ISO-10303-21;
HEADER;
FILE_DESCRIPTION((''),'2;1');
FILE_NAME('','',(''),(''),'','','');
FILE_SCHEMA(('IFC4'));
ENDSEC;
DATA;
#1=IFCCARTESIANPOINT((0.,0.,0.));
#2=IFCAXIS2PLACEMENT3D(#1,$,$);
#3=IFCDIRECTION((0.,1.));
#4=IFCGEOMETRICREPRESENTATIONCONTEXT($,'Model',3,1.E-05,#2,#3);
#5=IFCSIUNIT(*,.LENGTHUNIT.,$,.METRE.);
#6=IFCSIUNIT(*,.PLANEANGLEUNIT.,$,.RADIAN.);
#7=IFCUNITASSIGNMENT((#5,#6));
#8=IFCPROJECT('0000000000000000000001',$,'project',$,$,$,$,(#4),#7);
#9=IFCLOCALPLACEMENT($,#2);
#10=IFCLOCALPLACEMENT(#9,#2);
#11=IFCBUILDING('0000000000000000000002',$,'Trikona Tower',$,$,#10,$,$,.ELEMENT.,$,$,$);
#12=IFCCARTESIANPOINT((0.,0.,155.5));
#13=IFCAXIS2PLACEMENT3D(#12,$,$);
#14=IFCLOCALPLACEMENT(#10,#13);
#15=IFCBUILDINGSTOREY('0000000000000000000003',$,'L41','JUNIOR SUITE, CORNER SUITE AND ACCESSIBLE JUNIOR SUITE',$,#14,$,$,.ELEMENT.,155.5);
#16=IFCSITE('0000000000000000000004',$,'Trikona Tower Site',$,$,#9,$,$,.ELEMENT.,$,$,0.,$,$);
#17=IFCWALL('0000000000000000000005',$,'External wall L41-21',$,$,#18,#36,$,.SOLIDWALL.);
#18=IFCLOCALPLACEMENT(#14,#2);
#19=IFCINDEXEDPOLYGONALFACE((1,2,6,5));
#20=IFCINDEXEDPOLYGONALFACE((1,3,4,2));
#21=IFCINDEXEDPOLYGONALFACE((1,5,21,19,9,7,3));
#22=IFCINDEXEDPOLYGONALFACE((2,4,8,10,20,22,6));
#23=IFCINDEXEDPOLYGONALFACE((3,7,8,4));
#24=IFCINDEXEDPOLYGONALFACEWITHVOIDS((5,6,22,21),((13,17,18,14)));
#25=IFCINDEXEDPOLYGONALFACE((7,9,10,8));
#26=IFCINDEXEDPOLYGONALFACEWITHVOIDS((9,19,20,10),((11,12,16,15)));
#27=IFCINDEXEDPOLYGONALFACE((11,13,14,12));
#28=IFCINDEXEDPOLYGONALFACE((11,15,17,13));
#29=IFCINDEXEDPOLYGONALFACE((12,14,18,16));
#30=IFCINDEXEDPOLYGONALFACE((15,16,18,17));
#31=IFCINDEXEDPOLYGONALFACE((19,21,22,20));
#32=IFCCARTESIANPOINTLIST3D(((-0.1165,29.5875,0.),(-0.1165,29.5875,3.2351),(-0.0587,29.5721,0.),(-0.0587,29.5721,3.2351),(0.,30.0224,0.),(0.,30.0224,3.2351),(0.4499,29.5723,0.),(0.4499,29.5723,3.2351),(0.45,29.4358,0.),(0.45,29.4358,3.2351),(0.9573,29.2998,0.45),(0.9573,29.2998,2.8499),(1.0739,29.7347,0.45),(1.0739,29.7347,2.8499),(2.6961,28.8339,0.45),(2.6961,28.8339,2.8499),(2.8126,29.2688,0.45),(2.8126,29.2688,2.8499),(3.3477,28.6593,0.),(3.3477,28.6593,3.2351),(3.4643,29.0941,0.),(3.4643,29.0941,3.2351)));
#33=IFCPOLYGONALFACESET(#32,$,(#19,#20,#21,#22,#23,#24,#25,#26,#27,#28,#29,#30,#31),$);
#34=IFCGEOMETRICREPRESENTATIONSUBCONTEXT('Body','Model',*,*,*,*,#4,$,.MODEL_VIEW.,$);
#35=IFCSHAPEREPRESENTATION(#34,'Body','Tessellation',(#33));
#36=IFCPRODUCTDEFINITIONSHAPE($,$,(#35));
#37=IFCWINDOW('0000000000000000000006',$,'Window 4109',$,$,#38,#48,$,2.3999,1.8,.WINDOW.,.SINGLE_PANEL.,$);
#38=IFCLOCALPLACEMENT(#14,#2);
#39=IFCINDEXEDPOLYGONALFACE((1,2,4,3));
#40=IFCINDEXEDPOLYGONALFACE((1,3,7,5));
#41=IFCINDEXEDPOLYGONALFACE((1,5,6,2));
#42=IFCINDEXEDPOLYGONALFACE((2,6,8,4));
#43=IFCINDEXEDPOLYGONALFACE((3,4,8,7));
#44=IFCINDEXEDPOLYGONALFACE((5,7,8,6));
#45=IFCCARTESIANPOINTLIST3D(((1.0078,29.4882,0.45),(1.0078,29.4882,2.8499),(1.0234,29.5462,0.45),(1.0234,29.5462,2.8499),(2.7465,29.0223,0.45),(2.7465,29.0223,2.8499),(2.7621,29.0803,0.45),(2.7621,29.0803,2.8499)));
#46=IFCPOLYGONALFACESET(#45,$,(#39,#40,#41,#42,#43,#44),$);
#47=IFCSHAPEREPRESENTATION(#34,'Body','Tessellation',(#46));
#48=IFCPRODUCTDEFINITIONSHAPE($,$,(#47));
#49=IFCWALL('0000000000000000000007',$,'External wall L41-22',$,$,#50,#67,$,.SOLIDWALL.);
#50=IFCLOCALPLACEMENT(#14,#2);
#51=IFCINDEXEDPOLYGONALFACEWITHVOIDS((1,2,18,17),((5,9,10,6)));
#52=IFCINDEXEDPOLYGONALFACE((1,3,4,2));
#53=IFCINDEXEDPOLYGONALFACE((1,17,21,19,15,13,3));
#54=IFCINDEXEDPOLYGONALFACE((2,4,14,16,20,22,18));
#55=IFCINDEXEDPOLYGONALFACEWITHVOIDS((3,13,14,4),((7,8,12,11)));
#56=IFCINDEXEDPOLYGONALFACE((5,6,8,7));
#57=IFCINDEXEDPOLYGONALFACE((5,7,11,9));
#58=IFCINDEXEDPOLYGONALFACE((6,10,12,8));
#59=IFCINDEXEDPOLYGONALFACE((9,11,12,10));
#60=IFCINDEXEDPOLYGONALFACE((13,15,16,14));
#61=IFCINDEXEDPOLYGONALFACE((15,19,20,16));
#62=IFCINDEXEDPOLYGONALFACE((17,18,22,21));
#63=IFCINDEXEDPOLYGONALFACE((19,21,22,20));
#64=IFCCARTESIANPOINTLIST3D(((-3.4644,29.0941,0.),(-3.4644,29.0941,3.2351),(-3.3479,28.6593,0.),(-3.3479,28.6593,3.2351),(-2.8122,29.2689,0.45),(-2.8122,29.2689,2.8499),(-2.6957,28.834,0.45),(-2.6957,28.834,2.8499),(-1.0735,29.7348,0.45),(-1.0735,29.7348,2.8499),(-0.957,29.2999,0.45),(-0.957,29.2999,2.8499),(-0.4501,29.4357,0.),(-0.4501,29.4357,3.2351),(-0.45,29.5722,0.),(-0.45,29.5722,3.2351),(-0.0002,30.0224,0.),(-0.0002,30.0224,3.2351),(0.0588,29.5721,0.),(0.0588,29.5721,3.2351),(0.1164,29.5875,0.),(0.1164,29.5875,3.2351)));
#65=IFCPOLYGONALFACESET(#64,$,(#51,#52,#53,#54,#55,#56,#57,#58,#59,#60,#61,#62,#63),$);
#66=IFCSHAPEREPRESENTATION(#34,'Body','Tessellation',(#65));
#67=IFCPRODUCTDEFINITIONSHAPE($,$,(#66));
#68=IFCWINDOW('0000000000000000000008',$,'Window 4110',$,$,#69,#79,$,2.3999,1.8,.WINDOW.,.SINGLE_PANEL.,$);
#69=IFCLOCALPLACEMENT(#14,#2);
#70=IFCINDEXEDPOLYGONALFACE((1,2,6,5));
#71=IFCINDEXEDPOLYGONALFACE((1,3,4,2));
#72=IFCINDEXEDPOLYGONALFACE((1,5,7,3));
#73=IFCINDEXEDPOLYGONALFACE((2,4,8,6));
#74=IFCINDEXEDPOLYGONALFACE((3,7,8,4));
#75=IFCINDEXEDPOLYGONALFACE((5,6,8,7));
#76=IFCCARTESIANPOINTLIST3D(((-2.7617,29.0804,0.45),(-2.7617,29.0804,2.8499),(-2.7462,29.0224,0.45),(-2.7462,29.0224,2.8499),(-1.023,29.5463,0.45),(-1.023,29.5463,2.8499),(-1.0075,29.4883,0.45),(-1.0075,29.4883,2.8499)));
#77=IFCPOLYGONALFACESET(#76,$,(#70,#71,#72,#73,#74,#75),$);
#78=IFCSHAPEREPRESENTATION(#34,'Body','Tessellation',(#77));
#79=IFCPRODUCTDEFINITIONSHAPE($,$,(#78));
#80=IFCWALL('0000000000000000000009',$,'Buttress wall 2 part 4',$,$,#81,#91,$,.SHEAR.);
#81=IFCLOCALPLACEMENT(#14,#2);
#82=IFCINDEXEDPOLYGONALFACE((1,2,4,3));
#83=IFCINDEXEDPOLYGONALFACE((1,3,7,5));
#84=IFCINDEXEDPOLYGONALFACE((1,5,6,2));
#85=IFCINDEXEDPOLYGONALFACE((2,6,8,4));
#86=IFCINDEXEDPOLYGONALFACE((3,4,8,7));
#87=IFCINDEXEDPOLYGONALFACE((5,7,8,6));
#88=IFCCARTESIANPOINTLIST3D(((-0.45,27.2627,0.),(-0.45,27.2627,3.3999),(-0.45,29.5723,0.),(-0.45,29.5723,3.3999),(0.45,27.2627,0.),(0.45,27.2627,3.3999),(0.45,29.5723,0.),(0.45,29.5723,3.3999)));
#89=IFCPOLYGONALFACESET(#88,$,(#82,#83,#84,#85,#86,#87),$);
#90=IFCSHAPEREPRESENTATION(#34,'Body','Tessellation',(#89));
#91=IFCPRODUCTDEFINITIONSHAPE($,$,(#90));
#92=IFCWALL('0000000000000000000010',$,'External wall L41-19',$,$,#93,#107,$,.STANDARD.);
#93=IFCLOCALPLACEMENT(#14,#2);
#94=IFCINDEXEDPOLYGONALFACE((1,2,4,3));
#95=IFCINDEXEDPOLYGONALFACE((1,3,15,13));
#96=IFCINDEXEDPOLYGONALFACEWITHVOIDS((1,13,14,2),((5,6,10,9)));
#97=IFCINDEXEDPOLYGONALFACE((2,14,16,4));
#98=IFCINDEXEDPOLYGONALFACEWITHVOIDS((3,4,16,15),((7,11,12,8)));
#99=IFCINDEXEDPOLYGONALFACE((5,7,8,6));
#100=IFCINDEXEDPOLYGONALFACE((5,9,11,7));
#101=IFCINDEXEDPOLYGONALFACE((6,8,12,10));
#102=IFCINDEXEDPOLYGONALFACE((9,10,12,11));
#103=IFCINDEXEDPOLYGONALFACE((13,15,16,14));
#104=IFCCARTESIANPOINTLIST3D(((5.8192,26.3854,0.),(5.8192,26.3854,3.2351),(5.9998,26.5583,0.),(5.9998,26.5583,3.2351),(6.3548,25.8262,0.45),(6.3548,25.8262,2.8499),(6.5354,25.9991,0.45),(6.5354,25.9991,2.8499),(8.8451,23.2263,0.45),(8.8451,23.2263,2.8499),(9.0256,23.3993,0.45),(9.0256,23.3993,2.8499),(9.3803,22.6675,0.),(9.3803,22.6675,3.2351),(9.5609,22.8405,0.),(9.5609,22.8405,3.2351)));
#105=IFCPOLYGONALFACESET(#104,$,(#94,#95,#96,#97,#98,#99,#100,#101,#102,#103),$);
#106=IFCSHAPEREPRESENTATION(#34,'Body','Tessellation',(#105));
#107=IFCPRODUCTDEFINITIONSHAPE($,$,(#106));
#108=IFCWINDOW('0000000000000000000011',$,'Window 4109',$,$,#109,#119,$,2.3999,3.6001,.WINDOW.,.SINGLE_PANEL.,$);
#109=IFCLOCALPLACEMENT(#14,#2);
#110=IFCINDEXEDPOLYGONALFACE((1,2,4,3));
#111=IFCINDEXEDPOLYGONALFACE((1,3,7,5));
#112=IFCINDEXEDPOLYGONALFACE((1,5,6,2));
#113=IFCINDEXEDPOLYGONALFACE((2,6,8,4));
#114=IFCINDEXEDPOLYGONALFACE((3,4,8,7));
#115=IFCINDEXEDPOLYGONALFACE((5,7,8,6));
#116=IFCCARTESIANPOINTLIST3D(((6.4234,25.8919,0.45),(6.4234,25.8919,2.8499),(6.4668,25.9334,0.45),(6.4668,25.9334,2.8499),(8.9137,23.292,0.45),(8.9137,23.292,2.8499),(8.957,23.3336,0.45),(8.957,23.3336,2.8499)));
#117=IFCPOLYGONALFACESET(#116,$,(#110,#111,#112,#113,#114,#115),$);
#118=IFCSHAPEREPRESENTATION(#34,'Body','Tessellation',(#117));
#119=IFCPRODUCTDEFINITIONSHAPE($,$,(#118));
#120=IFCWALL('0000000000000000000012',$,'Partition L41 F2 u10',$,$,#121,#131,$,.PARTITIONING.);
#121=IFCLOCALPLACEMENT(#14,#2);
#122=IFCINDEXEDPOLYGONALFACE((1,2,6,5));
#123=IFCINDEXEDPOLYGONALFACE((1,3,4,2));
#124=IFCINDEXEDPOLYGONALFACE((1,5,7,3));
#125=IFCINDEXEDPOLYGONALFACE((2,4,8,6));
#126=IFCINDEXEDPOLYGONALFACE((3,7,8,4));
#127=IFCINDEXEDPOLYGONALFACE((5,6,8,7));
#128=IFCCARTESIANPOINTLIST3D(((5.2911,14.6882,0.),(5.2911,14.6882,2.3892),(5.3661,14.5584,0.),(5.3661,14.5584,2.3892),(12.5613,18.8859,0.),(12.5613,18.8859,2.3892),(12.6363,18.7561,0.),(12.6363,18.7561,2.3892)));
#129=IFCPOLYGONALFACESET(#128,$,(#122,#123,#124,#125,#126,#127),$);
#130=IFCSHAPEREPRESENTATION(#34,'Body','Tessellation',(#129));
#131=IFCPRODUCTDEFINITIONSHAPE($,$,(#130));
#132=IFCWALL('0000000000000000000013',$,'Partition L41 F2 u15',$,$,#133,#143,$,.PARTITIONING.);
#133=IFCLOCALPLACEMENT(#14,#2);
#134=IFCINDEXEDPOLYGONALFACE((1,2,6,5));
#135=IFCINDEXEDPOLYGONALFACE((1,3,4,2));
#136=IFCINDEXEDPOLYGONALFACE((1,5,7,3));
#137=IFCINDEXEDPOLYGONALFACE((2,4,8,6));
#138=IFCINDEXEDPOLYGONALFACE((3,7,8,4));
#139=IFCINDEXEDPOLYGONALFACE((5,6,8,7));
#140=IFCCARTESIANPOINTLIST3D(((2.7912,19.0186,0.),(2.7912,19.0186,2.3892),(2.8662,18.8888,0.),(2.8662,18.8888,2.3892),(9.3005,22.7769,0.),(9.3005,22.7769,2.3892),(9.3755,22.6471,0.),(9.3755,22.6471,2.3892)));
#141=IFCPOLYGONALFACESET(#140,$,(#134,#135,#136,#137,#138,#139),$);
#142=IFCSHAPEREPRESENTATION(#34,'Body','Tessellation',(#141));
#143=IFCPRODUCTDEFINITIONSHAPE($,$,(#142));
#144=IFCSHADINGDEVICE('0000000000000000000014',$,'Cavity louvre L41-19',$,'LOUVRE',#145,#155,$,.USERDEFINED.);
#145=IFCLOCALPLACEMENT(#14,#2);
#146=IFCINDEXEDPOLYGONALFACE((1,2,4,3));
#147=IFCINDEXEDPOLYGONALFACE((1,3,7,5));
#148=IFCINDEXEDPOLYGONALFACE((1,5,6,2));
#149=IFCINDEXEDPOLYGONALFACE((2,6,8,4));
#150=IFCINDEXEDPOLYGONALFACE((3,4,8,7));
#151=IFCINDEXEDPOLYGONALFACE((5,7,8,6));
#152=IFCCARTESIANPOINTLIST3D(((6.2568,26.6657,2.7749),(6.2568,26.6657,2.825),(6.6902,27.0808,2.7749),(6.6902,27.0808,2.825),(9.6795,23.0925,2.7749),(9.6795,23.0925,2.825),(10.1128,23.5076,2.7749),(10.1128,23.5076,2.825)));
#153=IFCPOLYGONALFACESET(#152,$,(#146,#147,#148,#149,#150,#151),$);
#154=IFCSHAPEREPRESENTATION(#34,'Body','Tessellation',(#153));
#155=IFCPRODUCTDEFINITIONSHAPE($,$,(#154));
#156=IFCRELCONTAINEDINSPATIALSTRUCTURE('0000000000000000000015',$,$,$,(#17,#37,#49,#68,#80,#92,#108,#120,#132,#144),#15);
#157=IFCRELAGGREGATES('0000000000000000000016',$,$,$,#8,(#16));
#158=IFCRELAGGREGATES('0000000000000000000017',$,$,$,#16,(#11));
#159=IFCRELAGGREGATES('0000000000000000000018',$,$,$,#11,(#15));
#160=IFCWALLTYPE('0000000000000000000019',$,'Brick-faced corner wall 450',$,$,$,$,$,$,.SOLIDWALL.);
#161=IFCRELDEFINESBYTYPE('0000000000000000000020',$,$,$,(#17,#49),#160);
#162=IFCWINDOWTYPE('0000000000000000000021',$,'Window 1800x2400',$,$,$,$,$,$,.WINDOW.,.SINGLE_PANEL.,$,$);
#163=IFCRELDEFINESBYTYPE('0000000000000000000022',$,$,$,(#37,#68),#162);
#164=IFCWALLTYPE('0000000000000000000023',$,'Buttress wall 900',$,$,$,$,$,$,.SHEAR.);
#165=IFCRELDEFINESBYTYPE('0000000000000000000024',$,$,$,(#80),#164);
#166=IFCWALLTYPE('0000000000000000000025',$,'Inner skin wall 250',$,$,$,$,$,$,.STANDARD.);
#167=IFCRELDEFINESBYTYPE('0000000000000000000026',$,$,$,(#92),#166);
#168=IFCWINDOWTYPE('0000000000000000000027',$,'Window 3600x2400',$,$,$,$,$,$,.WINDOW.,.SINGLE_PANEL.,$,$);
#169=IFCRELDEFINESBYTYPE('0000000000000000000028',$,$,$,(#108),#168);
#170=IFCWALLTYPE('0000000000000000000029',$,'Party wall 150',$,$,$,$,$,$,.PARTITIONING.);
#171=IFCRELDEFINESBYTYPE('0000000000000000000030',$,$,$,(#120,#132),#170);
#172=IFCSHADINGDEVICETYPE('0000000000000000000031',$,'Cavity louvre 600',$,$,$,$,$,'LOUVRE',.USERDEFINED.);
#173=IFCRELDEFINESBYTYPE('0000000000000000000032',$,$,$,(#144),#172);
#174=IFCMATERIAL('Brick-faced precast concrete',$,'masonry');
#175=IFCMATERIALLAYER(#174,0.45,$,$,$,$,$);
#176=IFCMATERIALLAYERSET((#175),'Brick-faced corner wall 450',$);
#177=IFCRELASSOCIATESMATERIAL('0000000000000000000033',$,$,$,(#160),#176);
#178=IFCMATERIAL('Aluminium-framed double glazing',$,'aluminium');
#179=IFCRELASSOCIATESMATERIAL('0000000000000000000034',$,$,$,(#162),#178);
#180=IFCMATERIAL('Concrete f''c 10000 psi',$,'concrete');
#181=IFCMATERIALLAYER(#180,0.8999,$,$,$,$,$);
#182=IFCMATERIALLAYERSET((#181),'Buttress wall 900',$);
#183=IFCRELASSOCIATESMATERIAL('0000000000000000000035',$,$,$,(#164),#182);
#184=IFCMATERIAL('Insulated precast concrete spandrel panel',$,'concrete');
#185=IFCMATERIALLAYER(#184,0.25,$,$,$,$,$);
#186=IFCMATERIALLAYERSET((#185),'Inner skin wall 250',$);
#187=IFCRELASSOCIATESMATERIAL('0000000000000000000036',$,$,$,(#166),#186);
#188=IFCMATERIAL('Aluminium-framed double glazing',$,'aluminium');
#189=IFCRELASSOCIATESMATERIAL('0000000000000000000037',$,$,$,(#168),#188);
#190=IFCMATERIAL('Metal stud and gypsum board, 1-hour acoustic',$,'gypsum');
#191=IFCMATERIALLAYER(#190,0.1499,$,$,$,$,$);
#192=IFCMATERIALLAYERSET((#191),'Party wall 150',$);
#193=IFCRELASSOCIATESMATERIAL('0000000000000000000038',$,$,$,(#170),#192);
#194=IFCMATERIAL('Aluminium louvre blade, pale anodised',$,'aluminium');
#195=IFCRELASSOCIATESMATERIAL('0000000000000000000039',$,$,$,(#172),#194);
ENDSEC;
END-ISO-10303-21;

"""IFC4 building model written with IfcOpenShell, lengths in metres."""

from ifc_helpers import new_model, si_unit, direction, frame, frame_2d, origin, origin_2d, place, context, subcontext, project, spatial, polyline, rectangle, outline, extrude, material, layer, layer_set, type_object, element, fill, save


model = new_model("IFC4")

# Units and contexts
model_context = context("Model", 3, precision=1e-05, world=origin(), true_north=direction((0.0, 1.0)))
body_context = subcontext(model_context, "Body", "Model", "MODEL_VIEW")
ifc_project = project(units=[si_unit("LENGTHUNIT", "METRE"), si_unit("PLANEANGLEUNIT", "RADIAN")], contexts=[model_context])

# Site, building, storey
site_placement = place(None, origin())
site = spatial("IfcSite", under=ifc_project, at=site_placement, Name="Trikona Tower Site", CompositionType="ELEMENT", RefElevation=0.0)
building_placement = place(site_placement, origin())
building = spatial("IfcBuilding", under=site, at=building_placement, Name="Trikona Tower", CompositionType="ELEMENT")
storey_placement = place(building_placement, frame((0.0, 0.0, 155.5)))
storey = spatial("IfcBuildingStorey", under=building, at=storey_placement, Name="L41", Description="JUNIOR SUITE, CORNER SUITE AND ACCESSIBLE JUNIOR SUITE", CompositionType="ELEMENT", Elevation=155.5)

# Walls, openings, windows
ifc_material_1 = material(Name="Brick-faced precast concrete", Category="masonry")
ifc_layer_1 = layer(ifc_material_1, 0.45)
ifc_layer_set_1 = layer_set([ifc_layer_1], Name="Brick-faced corner wall 450")
wall_type_1 = type_object("IfcWallType", Name="Brick-faced corner wall 450", PredefinedType="SOLIDWALL", material=ifc_layer_set_1)
wall_1_placement = place(storey_placement, frame((3.406, 28.8767, 0.0), z_axis=(0.0, 0.0, 1.0), x_axis=(-0.965925, 0.258823, 0.0)))
wall_1 = element("IfcWall", 1, at=wall_1_placement, inside=storey, type_object=wall_type_1, Name="External wall L41-21", PredefinedType="SOLIDWALL", context=body_context, shape_type="SweptSolid", body=[
    extrude(outline(polyline([(3.5864, 0.2251), (3.5266, 0.2251), (3.0354, 0.0933), (3.0, 0.2251), (0.0, 0.2251), (0.0, -0.2251), (3.5864, -0.2251), (3.5864, 0.2251)])), origin(), (0.0, 0.0, 1.0), 3.2351),
])
opening_1_placement = place(wall_1_placement, frame((0.6748, 0.0, 0.45)))
opening_1 = element("IfcOpeningElement", 2, at=opening_1_placement, cuts=wall_1, PredefinedType="OPENING", context=body_context, shape_type="SweptSolid", body=[
    extrude(rectangle(XDim=1.8, YDim=2.3999, at=frame_2d((0.8999, 1.2))), frame((0.0, 0.2349, 0.0), z_axis=(0.0, -1.0, 0.0), x_axis=(1.0, 0.0, 0.0)), (0.0, 0.0, 1.0), 0.47),
])
ifc_material_2 = material(Name="Aluminium-framed double glazing", Category="aluminium")
window_type_1 = type_object("IfcWindowType", Name="Window 1800x2400", PartitioningType="SINGLE_PANEL", PredefinedType="WINDOW", material=ifc_material_2)
window_1_placement = place(opening_1_placement, origin())
window_1 = element("IfcWindow", 3, at=window_1_placement, inside=storey, type_object=window_type_1, Name="Window 4109", OverallHeight=2.3999, OverallWidth=1.8, PartitioningType="SINGLE_PANEL", PredefinedType="WINDOW", context=body_context, shape_type="SweptSolid", body=[
    extrude(rectangle(XDim=1.8, YDim=2.3999, at=frame_2d((0.8999, 1.2))), frame((0.0, 0.03, 0.0), z_axis=(0.0, -1.0, 0.0), x_axis=(1.0, 0.0, 0.0)), (0.0, 0.0, 1.0), 0.0601),
])
fill(opening_1, window_1)
wall_2_placement = place(storey_placement, frame((0.0581, 29.8049, 0.0), z_axis=(0.0, 0.0, 1.0), x_axis=(-0.965925, -0.258823, 0.0)))
wall_2 = element("IfcWall", 4, at=wall_2_placement, inside=storey, type_object=wall_type_1, Name="External wall L41-22", PredefinedType="SOLIDWALL", context=body_context, shape_type="SweptSolid", body=[
    extrude(outline(polyline([(3.5864, 0.2251), (0.5864, 0.2251), (0.551, 0.0933), (0.0596, 0.2251), (0.0, 0.2251), (0.0, -0.2251), (3.5864, -0.2251), (3.5864, 0.2251)])), origin(), (0.0, 0.0, 1.0), 3.2351),
])
opening_2_placement = place(wall_2_placement, frame((1.1113, 0.0, 0.45)))
opening_2 = element("IfcOpeningElement", 5, at=opening_2_placement, cuts=wall_2, PredefinedType="OPENING", context=body_context, shape_type="SweptSolid", body=[
    extrude(rectangle(XDim=1.8, YDim=2.3999, at=frame_2d((0.8999, 1.2))), frame((0.0, 0.2349, 0.0), z_axis=(0.0, -1.0, 0.0), x_axis=(1.0, 0.0, 0.0)), (0.0, 0.0, 1.0), 0.47),
])
window_2_placement = place(opening_2_placement, origin())
window_2 = element("IfcWindow", 6, at=window_2_placement, inside=storey, type_object=window_type_1, Name="Window 4110", OverallHeight=2.3999, OverallWidth=1.8, PartitioningType="SINGLE_PANEL", PredefinedType="WINDOW", context=body_context, shape_type="SweptSolid", body=[
    extrude(rectangle(XDim=1.8, YDim=2.3999, at=frame_2d((0.8999, 1.2))), frame((0.0, 0.03, 0.0), z_axis=(0.0, -1.0, 0.0), x_axis=(1.0, 0.0, 0.0)), (0.0, 0.0, 1.0), 0.0601),
])
fill(opening_2, window_2)

# Wall
ifc_material_3 = material(Name="Concrete f'c 10000 psi", Category="concrete")
ifc_layer_2 = layer(ifc_material_3, 0.8999)
ifc_layer_set_2 = layer_set([ifc_layer_2], Name="Buttress wall 900")
wall_type_2 = type_object("IfcWallType", Name="Buttress wall 900", PredefinedType="SHEAR", material=ifc_layer_set_2)
wall_3_placement = place(storey_placement, frame((0.0, 27.2627, 0.0), z_axis=(0.0, 0.0, 1.0), x_axis=(0.0, 1.0, 0.0)))
element("IfcWall", 7, at=wall_3_placement, inside=storey, type_object=wall_type_2, Name="Buttress wall 2 part 4", PredefinedType="SHEAR", context=body_context, shape_type="SweptSolid", body=[
    extrude(rectangle(XDim=2.3096, YDim=0.8999, at=frame_2d((1.1548, 0.0))), origin(), (0.0, 0.0, 1.0), 3.3999),
])

# Wall, opening, window
ifc_material_4 = material(Name="Insulated precast concrete spandrel panel", Category="concrete")
ifc_layer_3 = layer(ifc_material_4, 0.25)
ifc_layer_set_3 = layer_set([ifc_layer_3], Name="Inner skin wall 250")
wall_type_3 = type_object("IfcWallType", Name="Inner skin wall 250", PredefinedType="STANDARD", material=ifc_layer_set_3)
wall_4_placement = place(storey_placement, frame((9.4707, 22.7539, 0.0), z_axis=(0.0, 0.0, 1.0), x_axis=(-0.69172, 0.722166, 0.0)))
wall_4 = element("IfcWall", 8, at=wall_4_placement, inside=storey, type_object=wall_type_3, Name="External wall L41-19", PredefinedType="STANDARD", context=body_context, shape_type="SweptSolid", body=[
    extrude(rectangle(XDim=5.1482, YDim=0.25, at=frame_2d((2.5742, 0.0))), origin(), (0.0, 0.0, 1.0), 3.2351),
])
opening_3_placement = place(wall_4_placement, frame((0.7739, 0.0, 0.45)))
opening_3 = element("IfcOpeningElement", 9, at=opening_3_placement, cuts=wall_4, PredefinedType="OPENING", context=body_context, shape_type="SweptSolid", body=[
    extrude(rectangle(XDim=3.6001, YDim=2.3999, at=frame_2d((1.8, 1.2))), frame((0.0, 0.135, 0.0), z_axis=(0.0, -1.0, 0.0), x_axis=(1.0, 0.0, 0.0)), (0.0, 0.0, 1.0), 0.27),
])
ifc_material_5 = material(Name="Aluminium-framed double glazing", Category="aluminium")
window_type_2 = type_object("IfcWindowType", Name="Window 3600x2400", PartitioningType="SINGLE_PANEL", PredefinedType="WINDOW", material=ifc_material_5)
window_3_placement = place(opening_3_placement, origin())
window_3 = element("IfcWindow", 10, at=window_3_placement, inside=storey, type_object=window_type_2, Name="Window 4109", OverallHeight=2.3999, OverallWidth=3.6001, PartitioningType="SINGLE_PANEL", PredefinedType="WINDOW", context=body_context, shape_type="SweptSolid", body=[
    extrude(rectangle(XDim=3.6001, YDim=2.3999, at=frame_2d((1.8, 1.2))), frame((0.0, 0.03, 0.0), z_axis=(0.0, -1.0, 0.0), x_axis=(1.0, 0.0, 0.0)), (0.0, 0.0, 1.0), 0.0601),
])
fill(opening_3, window_3)

# Walls
ifc_material_6 = material(Name="Metal stud and gypsum board, 1-hour acoustic", Category="gypsum")
ifc_layer_4 = layer(ifc_material_6, 0.1499)
ifc_layer_set_4 = layer_set([ifc_layer_4], Name="Party wall 150")
wall_type_4 = type_object("IfcWallType", Name="Party wall 150", PredefinedType="PARTITIONING", material=ifc_layer_set_4)
wall_5_placement = place(storey_placement, frame((5.3286, 14.6233, 0.0), z_axis=(0.0, 0.0, 1.0), x_axis=(0.866012, 0.500024, 0.0)))
element("IfcWall", 11, at=wall_5_placement, inside=storey, type_object=wall_type_4, Name="Partition L41 F2 u10", PredefinedType="PARTITIONING", context=body_context, shape_type="SweptSolid", body=[
    extrude(rectangle(XDim=8.395, YDim=0.1499, at=frame_2d((4.1975, 0.0))), origin(), (0.0, 0.0, 1.0), 2.3892),
])
wall_6_placement = place(storey_placement, frame((2.8286, 18.9536, 0.0), z_axis=(0.0, 0.0, 1.0), x_axis=(0.866016, 0.500017, 0.0)))
element("IfcWall", 12, at=wall_6_placement, inside=storey, type_object=wall_type_4, Name="Partition L41 F2 u15", PredefinedType="PARTITIONING", context=body_context, shape_type="SweptSolid", body=[
    extrude(rectangle(XDim=7.5164, YDim=0.1499, at=frame_2d((3.7583, 0.0))), origin(), (0.0, 0.0, 1.0), 2.3892),
])

# Shading device
ifc_material_7 = material(Name="Aluminium louvre blade, pale anodised", Category="aluminium")
shading_device_type = type_object("IfcShadingDeviceType", Name="Cavity louvre 600", ElementType="LOUVRE", PredefinedType="USERDEFINED", material=ifc_material_7)
shading_device_placement = place(storey_placement, frame((8.1848, 25.0867, 2.7749), z_axis=(0.0, 0.0, 1.0), x_axis=(-0.691724, 0.722162, 0.0)))
element("IfcShadingDevice", 13, at=shading_device_placement, inside=storey, type_object=shading_device_type, Name="Cavity louvre L41-19", ObjectType="LOUVRE", PredefinedType="USERDEFINED", context=body_context, shape_type="SweptSolid", body=[
    extrude(rectangle(XDim=4.948, YDim=0.6001, at=origin_2d()), origin(), (0.0, 0.0, 1.0), 0.05),
])

save(model, "model.ifc")
